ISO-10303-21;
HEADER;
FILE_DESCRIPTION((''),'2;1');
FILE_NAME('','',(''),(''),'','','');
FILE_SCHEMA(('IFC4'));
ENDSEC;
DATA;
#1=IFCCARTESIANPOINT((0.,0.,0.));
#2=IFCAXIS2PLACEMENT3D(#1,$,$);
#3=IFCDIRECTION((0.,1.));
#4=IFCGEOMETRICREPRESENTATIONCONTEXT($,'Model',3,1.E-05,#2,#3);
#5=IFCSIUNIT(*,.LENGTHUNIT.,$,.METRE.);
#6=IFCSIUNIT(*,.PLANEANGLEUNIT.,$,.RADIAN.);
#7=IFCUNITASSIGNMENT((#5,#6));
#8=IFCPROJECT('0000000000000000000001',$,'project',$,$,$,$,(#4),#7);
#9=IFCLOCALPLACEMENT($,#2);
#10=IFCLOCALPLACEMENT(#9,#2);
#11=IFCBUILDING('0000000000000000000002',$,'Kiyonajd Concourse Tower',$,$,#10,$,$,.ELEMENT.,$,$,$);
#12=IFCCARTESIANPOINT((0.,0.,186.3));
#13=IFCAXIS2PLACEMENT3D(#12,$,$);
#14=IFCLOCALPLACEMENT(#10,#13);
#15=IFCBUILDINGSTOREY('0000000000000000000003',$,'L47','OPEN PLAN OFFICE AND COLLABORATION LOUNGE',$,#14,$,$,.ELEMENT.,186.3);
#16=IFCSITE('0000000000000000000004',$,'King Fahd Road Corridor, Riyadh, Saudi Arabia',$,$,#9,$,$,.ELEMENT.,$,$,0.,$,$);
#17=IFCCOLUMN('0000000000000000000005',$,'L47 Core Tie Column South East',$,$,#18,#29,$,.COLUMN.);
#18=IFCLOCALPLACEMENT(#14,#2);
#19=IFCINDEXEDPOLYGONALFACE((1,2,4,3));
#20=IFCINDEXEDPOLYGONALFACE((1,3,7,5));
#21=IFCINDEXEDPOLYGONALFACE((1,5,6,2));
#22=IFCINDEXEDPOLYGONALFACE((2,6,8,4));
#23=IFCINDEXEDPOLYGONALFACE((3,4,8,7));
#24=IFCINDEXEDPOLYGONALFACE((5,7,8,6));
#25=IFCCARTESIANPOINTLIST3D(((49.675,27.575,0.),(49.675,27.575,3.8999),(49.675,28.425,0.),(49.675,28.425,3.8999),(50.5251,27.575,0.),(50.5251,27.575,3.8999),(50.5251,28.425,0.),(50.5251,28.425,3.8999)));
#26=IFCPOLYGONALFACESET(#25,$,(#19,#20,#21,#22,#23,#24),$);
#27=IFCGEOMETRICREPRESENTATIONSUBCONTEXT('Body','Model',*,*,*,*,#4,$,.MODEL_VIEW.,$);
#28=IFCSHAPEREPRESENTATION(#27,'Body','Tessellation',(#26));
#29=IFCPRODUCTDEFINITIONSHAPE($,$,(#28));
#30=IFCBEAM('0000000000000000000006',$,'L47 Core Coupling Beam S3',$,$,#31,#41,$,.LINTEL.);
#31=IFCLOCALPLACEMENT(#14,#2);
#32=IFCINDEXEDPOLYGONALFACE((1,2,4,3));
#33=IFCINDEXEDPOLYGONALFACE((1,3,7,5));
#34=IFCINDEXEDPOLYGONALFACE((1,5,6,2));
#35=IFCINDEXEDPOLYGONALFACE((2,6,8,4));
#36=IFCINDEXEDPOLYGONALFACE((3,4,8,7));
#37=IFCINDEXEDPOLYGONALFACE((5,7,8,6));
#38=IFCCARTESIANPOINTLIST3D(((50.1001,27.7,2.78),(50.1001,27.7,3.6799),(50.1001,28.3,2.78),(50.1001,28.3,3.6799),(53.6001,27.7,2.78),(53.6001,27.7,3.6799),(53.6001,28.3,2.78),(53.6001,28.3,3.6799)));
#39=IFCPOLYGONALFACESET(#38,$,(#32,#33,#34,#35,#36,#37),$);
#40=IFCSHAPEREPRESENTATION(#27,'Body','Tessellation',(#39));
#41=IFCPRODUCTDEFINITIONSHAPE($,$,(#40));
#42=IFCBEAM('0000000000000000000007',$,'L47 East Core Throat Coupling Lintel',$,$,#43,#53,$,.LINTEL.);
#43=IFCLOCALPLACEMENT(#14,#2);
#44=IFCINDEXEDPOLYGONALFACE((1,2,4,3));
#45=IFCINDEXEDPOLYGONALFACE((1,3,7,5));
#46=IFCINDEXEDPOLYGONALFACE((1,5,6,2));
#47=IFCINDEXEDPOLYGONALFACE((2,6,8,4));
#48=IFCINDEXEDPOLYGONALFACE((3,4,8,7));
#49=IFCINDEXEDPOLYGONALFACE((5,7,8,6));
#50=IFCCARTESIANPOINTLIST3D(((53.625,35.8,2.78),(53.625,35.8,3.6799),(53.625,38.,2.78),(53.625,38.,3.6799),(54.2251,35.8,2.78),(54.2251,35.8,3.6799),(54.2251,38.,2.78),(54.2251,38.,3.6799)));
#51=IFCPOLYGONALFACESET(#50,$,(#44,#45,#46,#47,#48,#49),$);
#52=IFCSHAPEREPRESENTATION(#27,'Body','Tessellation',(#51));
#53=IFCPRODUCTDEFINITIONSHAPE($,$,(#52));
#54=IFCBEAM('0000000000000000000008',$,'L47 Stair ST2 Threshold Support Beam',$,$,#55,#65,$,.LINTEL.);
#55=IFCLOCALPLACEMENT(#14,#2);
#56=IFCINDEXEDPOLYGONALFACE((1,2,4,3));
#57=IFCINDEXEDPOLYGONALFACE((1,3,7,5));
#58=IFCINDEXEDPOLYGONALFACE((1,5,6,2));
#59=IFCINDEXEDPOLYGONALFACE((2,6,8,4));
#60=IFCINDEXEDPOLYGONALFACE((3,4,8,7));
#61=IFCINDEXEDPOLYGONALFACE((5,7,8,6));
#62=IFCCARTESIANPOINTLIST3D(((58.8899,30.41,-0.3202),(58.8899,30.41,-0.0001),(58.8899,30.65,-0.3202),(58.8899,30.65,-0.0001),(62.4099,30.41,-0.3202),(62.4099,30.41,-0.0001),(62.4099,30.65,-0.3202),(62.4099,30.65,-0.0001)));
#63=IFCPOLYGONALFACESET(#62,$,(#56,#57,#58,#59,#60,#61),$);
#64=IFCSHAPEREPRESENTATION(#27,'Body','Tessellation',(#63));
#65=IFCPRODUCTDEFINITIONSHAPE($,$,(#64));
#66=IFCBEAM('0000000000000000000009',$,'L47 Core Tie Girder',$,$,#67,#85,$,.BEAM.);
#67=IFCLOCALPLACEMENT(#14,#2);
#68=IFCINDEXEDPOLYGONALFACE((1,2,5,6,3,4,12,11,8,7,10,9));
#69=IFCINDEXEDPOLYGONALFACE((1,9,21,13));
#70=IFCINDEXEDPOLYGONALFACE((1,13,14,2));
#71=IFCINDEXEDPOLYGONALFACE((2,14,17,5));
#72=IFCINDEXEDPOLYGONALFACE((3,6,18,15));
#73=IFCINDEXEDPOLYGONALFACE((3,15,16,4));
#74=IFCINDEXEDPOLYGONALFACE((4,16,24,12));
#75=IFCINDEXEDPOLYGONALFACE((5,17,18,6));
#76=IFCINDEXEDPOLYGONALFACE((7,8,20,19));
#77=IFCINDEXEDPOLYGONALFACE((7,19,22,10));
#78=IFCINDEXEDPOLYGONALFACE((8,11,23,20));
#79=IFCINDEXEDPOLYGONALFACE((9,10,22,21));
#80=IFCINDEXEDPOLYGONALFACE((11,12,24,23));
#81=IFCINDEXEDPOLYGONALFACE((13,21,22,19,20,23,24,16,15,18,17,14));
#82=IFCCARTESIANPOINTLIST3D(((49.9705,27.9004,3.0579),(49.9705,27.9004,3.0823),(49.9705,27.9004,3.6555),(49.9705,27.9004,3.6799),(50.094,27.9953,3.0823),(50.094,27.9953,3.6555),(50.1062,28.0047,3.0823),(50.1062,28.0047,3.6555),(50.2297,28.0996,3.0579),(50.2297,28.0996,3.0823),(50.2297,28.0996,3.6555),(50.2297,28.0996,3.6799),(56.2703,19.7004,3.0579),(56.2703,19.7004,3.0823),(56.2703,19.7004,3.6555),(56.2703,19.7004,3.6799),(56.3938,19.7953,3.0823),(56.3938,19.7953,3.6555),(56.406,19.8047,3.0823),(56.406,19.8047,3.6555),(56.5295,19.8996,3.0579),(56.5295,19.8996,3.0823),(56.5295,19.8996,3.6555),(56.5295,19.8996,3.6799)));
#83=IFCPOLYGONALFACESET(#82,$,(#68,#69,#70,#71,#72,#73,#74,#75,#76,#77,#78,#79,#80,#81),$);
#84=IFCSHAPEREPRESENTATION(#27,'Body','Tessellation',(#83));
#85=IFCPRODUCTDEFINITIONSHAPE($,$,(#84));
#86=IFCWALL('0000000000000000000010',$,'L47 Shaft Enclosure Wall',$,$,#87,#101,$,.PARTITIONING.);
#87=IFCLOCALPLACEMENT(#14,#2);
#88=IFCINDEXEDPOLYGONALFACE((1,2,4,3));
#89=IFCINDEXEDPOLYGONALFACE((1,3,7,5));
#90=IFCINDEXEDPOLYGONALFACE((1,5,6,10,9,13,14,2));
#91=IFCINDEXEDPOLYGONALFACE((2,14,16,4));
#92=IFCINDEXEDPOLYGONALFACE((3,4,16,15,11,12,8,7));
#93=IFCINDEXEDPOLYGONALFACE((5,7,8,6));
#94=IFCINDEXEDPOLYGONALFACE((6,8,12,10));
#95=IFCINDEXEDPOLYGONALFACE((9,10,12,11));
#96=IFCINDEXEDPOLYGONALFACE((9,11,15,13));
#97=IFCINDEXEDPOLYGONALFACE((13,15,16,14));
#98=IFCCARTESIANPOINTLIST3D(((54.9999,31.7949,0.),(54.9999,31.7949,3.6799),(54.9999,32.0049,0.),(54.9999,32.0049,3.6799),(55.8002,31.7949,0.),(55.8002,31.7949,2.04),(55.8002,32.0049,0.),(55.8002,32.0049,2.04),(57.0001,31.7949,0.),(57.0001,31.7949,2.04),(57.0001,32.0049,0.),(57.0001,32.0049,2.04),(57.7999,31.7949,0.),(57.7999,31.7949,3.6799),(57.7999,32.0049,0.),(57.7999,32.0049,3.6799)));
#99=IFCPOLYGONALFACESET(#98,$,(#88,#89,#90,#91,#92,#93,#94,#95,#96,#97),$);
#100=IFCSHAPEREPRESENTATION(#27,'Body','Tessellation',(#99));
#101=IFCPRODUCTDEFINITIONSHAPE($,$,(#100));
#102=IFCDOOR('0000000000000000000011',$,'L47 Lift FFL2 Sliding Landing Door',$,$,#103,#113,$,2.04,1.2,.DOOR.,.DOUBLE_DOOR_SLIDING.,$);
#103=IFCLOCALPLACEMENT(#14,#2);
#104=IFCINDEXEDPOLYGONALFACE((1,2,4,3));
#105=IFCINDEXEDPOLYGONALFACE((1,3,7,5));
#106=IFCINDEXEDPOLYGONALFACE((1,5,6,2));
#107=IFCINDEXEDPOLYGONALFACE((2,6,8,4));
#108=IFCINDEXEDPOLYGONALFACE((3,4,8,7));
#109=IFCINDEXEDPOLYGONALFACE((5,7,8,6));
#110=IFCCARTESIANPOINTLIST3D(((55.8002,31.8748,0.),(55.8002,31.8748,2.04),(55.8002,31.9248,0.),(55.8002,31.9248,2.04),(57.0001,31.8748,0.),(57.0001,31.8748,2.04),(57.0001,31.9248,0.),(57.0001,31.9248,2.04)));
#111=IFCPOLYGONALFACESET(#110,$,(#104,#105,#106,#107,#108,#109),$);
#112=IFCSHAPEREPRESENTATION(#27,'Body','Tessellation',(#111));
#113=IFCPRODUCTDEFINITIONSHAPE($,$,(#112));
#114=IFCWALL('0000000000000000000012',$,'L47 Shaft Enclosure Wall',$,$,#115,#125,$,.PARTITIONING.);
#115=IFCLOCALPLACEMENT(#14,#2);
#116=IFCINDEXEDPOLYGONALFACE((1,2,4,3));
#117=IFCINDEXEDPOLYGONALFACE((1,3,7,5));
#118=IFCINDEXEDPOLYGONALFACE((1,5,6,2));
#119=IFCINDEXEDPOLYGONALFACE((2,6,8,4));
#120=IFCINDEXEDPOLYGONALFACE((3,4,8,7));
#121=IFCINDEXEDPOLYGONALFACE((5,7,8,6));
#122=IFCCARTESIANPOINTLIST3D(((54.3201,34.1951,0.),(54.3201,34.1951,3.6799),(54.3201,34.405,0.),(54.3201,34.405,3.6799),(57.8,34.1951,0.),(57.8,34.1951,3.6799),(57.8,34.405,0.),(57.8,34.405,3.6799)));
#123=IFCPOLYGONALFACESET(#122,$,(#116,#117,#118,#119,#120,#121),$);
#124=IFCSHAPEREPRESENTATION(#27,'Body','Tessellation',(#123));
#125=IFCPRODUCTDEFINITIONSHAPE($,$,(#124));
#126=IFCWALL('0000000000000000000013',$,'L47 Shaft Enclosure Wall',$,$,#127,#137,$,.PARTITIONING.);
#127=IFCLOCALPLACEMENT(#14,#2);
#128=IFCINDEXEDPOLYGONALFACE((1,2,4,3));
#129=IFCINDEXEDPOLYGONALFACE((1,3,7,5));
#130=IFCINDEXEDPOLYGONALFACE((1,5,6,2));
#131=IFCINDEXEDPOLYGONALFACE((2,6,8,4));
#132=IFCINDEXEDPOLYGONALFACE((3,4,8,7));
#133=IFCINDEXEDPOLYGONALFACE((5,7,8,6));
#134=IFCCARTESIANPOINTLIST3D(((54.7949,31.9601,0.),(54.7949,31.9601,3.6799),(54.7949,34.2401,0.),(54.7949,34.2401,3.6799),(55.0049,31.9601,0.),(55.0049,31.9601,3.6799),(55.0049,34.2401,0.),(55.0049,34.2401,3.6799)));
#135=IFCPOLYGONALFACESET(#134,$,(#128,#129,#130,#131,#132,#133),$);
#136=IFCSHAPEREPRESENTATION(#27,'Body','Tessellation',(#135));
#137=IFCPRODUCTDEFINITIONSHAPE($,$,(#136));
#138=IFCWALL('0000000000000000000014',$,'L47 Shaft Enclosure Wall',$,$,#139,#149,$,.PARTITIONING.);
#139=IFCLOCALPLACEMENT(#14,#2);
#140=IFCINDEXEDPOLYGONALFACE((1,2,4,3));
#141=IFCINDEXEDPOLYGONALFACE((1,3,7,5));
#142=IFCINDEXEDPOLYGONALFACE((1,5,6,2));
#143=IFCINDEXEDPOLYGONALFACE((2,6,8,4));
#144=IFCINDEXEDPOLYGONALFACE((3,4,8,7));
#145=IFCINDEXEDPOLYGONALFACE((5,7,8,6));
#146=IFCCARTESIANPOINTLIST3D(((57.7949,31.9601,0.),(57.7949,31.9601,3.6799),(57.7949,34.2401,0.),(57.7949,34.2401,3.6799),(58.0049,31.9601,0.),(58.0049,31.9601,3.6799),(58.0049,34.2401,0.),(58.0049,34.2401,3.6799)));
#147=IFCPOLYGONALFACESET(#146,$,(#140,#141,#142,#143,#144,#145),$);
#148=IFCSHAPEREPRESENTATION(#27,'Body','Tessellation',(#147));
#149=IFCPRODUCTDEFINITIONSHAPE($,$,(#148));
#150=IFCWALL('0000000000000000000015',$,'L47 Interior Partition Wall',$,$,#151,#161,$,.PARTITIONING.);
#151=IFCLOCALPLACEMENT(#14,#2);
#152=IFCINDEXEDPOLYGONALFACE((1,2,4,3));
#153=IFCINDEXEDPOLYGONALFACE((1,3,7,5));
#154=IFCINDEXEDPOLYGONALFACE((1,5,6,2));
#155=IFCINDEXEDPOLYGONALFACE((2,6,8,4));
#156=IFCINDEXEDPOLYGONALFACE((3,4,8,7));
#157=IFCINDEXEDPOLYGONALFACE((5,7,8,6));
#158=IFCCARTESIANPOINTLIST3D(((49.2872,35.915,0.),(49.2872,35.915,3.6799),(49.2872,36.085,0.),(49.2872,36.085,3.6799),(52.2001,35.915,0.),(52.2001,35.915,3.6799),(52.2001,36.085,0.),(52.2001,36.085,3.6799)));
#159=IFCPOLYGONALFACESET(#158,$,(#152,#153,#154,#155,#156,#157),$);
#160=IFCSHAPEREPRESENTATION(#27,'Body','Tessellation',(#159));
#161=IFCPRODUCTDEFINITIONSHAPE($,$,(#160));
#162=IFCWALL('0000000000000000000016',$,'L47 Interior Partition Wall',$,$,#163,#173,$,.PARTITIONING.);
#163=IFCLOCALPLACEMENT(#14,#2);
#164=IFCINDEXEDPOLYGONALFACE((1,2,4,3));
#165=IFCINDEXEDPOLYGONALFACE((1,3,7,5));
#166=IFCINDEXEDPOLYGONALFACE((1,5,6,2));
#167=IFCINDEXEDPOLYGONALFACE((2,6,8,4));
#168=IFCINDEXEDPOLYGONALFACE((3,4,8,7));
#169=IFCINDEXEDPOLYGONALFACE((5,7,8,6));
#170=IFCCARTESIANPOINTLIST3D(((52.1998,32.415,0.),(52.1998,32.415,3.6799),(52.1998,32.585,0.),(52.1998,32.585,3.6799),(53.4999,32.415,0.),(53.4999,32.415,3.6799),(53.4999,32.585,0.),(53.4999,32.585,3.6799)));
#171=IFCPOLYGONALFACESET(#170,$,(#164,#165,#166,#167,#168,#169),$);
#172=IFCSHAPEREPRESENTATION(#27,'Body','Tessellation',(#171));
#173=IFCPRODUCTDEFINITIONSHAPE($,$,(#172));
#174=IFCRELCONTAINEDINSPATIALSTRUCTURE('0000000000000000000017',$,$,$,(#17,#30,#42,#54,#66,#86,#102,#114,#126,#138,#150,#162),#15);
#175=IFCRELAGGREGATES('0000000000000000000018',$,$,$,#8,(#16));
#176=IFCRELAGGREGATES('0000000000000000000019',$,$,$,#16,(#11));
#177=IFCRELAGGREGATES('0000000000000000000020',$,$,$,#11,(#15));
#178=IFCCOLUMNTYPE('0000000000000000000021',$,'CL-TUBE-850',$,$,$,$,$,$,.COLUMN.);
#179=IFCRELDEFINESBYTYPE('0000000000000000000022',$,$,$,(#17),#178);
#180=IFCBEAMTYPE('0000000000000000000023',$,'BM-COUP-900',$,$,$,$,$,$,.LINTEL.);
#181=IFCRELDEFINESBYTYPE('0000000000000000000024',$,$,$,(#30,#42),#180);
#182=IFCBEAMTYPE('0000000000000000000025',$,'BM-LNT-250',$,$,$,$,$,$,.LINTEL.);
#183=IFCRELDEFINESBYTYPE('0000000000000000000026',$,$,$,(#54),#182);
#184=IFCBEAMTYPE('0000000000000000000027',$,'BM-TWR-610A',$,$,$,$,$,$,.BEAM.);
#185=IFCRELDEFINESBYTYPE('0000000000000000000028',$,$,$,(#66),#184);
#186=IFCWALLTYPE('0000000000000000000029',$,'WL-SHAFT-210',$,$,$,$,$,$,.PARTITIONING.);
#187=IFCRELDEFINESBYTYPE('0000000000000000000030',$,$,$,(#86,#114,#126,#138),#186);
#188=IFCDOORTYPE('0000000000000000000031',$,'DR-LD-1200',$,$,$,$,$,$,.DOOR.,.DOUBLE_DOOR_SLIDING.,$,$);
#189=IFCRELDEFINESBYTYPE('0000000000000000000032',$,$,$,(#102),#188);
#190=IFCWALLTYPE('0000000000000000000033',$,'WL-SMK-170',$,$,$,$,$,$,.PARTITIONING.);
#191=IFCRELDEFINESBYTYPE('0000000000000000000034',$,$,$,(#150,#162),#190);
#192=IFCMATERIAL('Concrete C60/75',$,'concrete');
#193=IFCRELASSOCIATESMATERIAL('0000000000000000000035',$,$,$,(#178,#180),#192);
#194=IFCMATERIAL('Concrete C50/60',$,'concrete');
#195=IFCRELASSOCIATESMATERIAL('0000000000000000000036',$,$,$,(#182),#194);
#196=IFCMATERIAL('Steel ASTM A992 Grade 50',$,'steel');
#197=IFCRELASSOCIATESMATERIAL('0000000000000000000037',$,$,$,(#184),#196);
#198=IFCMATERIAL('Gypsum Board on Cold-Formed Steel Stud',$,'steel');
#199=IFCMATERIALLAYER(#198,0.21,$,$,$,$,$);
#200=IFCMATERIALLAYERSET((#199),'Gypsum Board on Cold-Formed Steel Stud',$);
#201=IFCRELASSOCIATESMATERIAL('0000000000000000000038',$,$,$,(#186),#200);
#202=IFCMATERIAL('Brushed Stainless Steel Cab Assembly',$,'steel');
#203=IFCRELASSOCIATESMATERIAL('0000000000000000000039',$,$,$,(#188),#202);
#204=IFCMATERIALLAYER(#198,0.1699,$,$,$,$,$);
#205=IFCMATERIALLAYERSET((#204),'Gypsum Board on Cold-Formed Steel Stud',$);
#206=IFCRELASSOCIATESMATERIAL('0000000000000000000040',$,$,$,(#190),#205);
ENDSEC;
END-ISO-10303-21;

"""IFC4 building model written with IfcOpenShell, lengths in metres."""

from ifc_helpers import new_model, si_unit, direction, frame, frame_2d, origin, origin_2d, place, context, subcontext, project, spatial, rectangle, i_section, extrude, material, layer, layer_set, material_profile, profile_set, type_object, element, fill, save


model = new_model("IFC4")

# Units and contexts
model_context = context("Model", 3, precision=1e-05, world=origin(), true_north=direction((0.0, 1.0)))
body_context = subcontext(model_context, "Body", "Model", "MODEL_VIEW")
ifc_project = project(units=[si_unit("LENGTHUNIT", "METRE"), si_unit("PLANEANGLEUNIT", "RADIAN")], contexts=[model_context])

# Site, building, storey
site_placement = place(None, origin())
site = spatial("IfcSite", under=ifc_project, at=site_placement, Name="King Fahd Road Corridor, Riyadh, Saudi Arabia", CompositionType="ELEMENT", RefElevation=0.0)
building_placement = place(site_placement, origin())
building = spatial("IfcBuilding", under=site, at=building_placement, Name="Kiyonajd Concourse Tower", CompositionType="ELEMENT")
storey_placement = place(building_placement, frame((0.0, 0.0, 186.3)))
storey = spatial("IfcBuildingStorey", under=building, at=storey_placement, Name="L47", Description="OPEN PLAN OFFICE AND COLLABORATION LOUNGE", CompositionType="ELEMENT", Elevation=186.3)

# Column
ifc_material_1 = material(Name="Concrete C60/75", Category="concrete")
ifc_material_profile_1 = material_profile(ifc_material_1, rectangle(XDim=0.8501, YDim=0.8501, at=origin_2d()), Name="RC-850x850")
ifc_profile_set_1 = profile_set([ifc_material_profile_1], Name="Concrete C60/75")
column_type = type_object("IfcColumnType", Name="CL-TUBE-850", PredefinedType="COLUMN", material=ifc_profile_set_1)
column_placement = place(storey_placement, frame((50.1001, 28.0, 0.0), z_axis=(0.0, 0.0, 1.0), x_axis=(1.0, 0.0, 0.0)))
element("IfcColumn", 1, at=column_placement, inside=storey, type_object=column_type, Name="L47 Core Tie Column South East", PredefinedType="COLUMN", context=body_context, shape_type="SweptSolid", body=[
    extrude(rectangle(XDim=0.8501, YDim=0.8501, at=origin_2d()), origin(), (0.0, 0.0, 1.0), 3.8999),
])

# Beams
ifc_material_profile_2 = material_profile(ifc_material_1, rectangle(XDim=0.6001, YDim=0.8999, at=origin_2d()), Name="RCBM-600x900")
ifc_profile_set_2 = profile_set([ifc_material_profile_2], Name="Concrete C60/75")
beam_type_1 = type_object("IfcBeamType", Name="BM-COUP-900", PredefinedType="LINTEL", material=ifc_profile_set_2)
beam_1_placement = place(storey_placement, frame((50.1001, 28.0, 3.23), z_axis=(1.0, 0.0, 0.0), x_axis=(0.0, 1.0, 0.0)))
element("IfcBeam", 2, at=beam_1_placement, inside=storey, type_object=beam_type_1, Name="L47 Core Coupling Beam S3", PredefinedType="LINTEL", context=body_context, shape_type="SweptSolid", body=[
    extrude(rectangle(XDim=0.6001, YDim=0.8999, at=origin_2d()), origin(), (0.0, 0.0, 1.0), 3.5),
])
beam_2_placement = place(storey_placement, frame((53.925, 35.8, 3.23), z_axis=(0.0, 1.0, 0.0), x_axis=(-1.0, 0.0, 0.0)))
element("IfcBeam", 3, at=beam_2_placement, inside=storey, type_object=beam_type_1, Name="L47 East Core Throat Coupling Lintel", PredefinedType="LINTEL", context=body_context, shape_type="SweptSolid", body=[
    extrude(rectangle(XDim=0.6001, YDim=0.8999, at=origin_2d()), origin(), (0.0, 0.0, 1.0), 2.2),
])
ifc_material_2 = material(Name="Concrete C50/60", Category="concrete")
ifc_material_profile_3 = material_profile(ifc_material_2, rectangle(XDim=0.24, YDim=0.3201, at=origin_2d()), Name="RCBM-240x320")
ifc_profile_set_3 = profile_set([ifc_material_profile_3], Name="Concrete C50/60")
beam_type_2 = type_object("IfcBeamType", Name="BM-LNT-250", PredefinedType="LINTEL", material=ifc_profile_set_3)
beam_3_placement = place(storey_placement, frame((58.8899, 30.53, -0.1602), z_axis=(1.0, 0.0, 0.0), x_axis=(0.0, 1.0, 0.0)))
element("IfcBeam", 4, at=beam_3_placement, inside=storey, type_object=beam_type_2, Name="L47 Stair ST2 Threshold Support Beam", PredefinedType="LINTEL", context=body_context, shape_type="SweptSolid", body=[
    extrude(rectangle(XDim=0.24, YDim=0.3201, at=origin_2d()), origin(), (0.0, 0.0, 1.0), 3.52),
])
ifc_material_3 = material(Name="Steel ASTM A992 Grade 50", Category="steel")
ifc_material_profile_4 = material_profile(ifc_material_3, i_section(OverallWidth=0.3269, OverallDepth=0.6221, WebThickness=0.0154, FlangeThickness=0.0244, at=origin_2d()), Name="W610X195")
ifc_profile_set_4 = profile_set([ifc_material_profile_4], Name="Steel ASTM A992 Grade 50")
beam_type_3 = type_object("IfcBeamType", Name="BM-TWR-610A", PredefinedType="BEAM", material=ifc_profile_set_4)
beam_4_placement = place(storey_placement, frame((50.1001, 28.0, 3.3689), z_axis=(0.609234, -0.792991, 0.0), x_axis=(0.792991, 0.609234, 0.0)))
element("IfcBeam", 5, at=beam_4_placement, inside=storey, type_object=beam_type_3, Name="L47 Core Tie Girder", PredefinedType="BEAM", context=body_context, shape_type="SweptSolid", body=[
    extrude(i_section(OverallWidth=0.3269, OverallDepth=0.6221, WebThickness=0.0154, FlangeThickness=0.0244, at=origin_2d()), origin(), (0.0, 0.0, 1.0), 10.3406),
])

# Wall, opening, door
ifc_material_4 = material(Name="Gypsum Board on Cold-Formed Steel Stud", Category="steel")
ifc_layer_1 = layer(ifc_material_4, 0.21)
ifc_layer_set_1 = layer_set([ifc_layer_1], Name="Gypsum Board on Cold-Formed Steel Stud")
wall_type_1 = type_object("IfcWallType", Name="WL-SHAFT-210", PredefinedType="PARTITIONING", material=ifc_layer_set_1)
wall_1_placement = place(storey_placement, frame((55.0, 31.8999, 0.0), z_axis=(0.0, 0.0, 1.0), x_axis=(1.0, 0.0, 0.0)))
wall_1 = element("IfcWall", 6, at=wall_1_placement, inside=storey, type_object=wall_type_1, Name="L47 Shaft Enclosure Wall", PredefinedType="PARTITIONING", context=body_context, shape_type="SweptSolid", body=[
    extrude(rectangle(XDim=2.8, YDim=0.21, at=frame_2d((1.3999, 0.0))), origin(), (0.0, 0.0, 1.0), 3.6799),
])
opening_placement = place(wall_1_placement, frame((0.8, 0.0, 0.0)))
opening = element("IfcOpeningElement", 7, at=opening_placement, cuts=wall_1, PredefinedType="OPENING", context=body_context, shape_type="SweptSolid", body=[
    extrude(rectangle(XDim=1.2, YDim=2.04, at=frame_2d((0.6001, 1.02))), frame((0.0, 0.115, 0.0), z_axis=(0.0, -1.0, 0.0), x_axis=(1.0, 0.0, 0.0)), (0.0, 0.0, 1.0), 0.23),
])
ifc_material_5 = material(Name="Brushed Stainless Steel Cab Assembly", Category="steel")
door_type = type_object("IfcDoorType", Name="DR-LD-1200", OperationType="DOUBLE_DOOR_SLIDING", PredefinedType="DOOR", material=ifc_material_5)
door_placement = place(opening_placement, origin())
door = element("IfcDoor", 8, at=door_placement, inside=storey, type_object=door_type, Name="L47 Lift FFL2 Sliding Landing Door", OperationType="DOUBLE_DOOR_SLIDING", OverallHeight=2.04, OverallWidth=1.2, PredefinedType="DOOR", context=body_context, shape_type="SweptSolid", body=[
    extrude(rectangle(XDim=1.2, YDim=2.04, at=frame_2d((0.6001, 1.02))), frame((0.0, 0.0249, 0.0), z_axis=(0.0, -1.0, 0.0), x_axis=(1.0, 0.0, 0.0)), (0.0, 0.0, 1.0), 0.05),
])
fill(opening, door)

# Walls
wall_2_placement = place(storey_placement, frame((54.3201, 34.3, 0.0), z_axis=(0.0, 0.0, 1.0), x_axis=(1.0, 0.0, 0.0)))
element("IfcWall", 9, at=wall_2_placement, inside=storey, type_object=wall_type_1, Name="L47 Shaft Enclosure Wall", PredefinedType="PARTITIONING", context=body_context, shape_type="SweptSolid", body=[
    extrude(rectangle(XDim=3.48, YDim=0.21, at=frame_2d((1.74, 0.0))), origin(), (0.0, 0.0, 1.0), 3.6799),
])
for number, where, z_axis, x_axis, name in (
    (10, (54.8999, 31.96, 0.0), (0.0, 0.0, 1.0), (0.0, 1.0, 0.0), "L47 Shaft Enclosure Wall"),
    (11, (57.8999, 31.96, 0.0), (0.0, 0.0, 1.0), (0.0, 1.0, 0.0), "L47 Shaft Enclosure Wall"),
):
    element("IfcWall", number, at=place(storey_placement, frame(where, z_axis=z_axis, x_axis=x_axis)), inside=storey, type_object=wall_type_1, Name=name, PredefinedType="PARTITIONING", context=body_context, shape_type="SweptSolid", body=[
        extrude(rectangle(XDim=2.28, YDim=0.21, at=frame_2d((1.1401, 0.0))), origin(), (0.0, 0.0, 1.0), 3.6799),
    ])
ifc_layer_2 = layer(ifc_material_4, 0.1699)
ifc_layer_set_2 = layer_set([ifc_layer_2], Name="Gypsum Board on Cold-Formed Steel Stud")
wall_type_2 = type_object("IfcWallType", Name="WL-SMK-170", PredefinedType="PARTITIONING", material=ifc_layer_set_2)
wall_3_placement = place(storey_placement, frame((49.2871, 36.0, 0.0), z_axis=(0.0, 0.0, 1.0), x_axis=(1.0, 0.0, 0.0)))
element("IfcWall", 12, at=wall_3_placement, inside=storey, type_object=wall_type_2, Name="L47 Interior Partition Wall", PredefinedType="PARTITIONING", context=body_context, shape_type="SweptSolid", body=[
    extrude(rectangle(XDim=2.9128, YDim=0.1699, at=frame_2d((1.4565, 0.0))), origin(), (0.0, 0.0, 1.0), 3.6799),
])
wall_4_placement = place(storey_placement, frame((52.2, 32.5, 0.0), z_axis=(0.0, 0.0, 1.0), x_axis=(1.0, 0.0, 0.0)))
element("IfcWall", 13, at=wall_4_placement, inside=storey, type_object=wall_type_2, Name="L47 Interior Partition Wall", PredefinedType="PARTITIONING", context=body_context, shape_type="SweptSolid", body=[
    extrude(rectangle(XDim=1.3, YDim=0.1699, at=frame_2d((0.6499, 0.0))), origin(), (0.0, 0.0, 1.0), 3.6799),
])

save(model, "model.ifc")
